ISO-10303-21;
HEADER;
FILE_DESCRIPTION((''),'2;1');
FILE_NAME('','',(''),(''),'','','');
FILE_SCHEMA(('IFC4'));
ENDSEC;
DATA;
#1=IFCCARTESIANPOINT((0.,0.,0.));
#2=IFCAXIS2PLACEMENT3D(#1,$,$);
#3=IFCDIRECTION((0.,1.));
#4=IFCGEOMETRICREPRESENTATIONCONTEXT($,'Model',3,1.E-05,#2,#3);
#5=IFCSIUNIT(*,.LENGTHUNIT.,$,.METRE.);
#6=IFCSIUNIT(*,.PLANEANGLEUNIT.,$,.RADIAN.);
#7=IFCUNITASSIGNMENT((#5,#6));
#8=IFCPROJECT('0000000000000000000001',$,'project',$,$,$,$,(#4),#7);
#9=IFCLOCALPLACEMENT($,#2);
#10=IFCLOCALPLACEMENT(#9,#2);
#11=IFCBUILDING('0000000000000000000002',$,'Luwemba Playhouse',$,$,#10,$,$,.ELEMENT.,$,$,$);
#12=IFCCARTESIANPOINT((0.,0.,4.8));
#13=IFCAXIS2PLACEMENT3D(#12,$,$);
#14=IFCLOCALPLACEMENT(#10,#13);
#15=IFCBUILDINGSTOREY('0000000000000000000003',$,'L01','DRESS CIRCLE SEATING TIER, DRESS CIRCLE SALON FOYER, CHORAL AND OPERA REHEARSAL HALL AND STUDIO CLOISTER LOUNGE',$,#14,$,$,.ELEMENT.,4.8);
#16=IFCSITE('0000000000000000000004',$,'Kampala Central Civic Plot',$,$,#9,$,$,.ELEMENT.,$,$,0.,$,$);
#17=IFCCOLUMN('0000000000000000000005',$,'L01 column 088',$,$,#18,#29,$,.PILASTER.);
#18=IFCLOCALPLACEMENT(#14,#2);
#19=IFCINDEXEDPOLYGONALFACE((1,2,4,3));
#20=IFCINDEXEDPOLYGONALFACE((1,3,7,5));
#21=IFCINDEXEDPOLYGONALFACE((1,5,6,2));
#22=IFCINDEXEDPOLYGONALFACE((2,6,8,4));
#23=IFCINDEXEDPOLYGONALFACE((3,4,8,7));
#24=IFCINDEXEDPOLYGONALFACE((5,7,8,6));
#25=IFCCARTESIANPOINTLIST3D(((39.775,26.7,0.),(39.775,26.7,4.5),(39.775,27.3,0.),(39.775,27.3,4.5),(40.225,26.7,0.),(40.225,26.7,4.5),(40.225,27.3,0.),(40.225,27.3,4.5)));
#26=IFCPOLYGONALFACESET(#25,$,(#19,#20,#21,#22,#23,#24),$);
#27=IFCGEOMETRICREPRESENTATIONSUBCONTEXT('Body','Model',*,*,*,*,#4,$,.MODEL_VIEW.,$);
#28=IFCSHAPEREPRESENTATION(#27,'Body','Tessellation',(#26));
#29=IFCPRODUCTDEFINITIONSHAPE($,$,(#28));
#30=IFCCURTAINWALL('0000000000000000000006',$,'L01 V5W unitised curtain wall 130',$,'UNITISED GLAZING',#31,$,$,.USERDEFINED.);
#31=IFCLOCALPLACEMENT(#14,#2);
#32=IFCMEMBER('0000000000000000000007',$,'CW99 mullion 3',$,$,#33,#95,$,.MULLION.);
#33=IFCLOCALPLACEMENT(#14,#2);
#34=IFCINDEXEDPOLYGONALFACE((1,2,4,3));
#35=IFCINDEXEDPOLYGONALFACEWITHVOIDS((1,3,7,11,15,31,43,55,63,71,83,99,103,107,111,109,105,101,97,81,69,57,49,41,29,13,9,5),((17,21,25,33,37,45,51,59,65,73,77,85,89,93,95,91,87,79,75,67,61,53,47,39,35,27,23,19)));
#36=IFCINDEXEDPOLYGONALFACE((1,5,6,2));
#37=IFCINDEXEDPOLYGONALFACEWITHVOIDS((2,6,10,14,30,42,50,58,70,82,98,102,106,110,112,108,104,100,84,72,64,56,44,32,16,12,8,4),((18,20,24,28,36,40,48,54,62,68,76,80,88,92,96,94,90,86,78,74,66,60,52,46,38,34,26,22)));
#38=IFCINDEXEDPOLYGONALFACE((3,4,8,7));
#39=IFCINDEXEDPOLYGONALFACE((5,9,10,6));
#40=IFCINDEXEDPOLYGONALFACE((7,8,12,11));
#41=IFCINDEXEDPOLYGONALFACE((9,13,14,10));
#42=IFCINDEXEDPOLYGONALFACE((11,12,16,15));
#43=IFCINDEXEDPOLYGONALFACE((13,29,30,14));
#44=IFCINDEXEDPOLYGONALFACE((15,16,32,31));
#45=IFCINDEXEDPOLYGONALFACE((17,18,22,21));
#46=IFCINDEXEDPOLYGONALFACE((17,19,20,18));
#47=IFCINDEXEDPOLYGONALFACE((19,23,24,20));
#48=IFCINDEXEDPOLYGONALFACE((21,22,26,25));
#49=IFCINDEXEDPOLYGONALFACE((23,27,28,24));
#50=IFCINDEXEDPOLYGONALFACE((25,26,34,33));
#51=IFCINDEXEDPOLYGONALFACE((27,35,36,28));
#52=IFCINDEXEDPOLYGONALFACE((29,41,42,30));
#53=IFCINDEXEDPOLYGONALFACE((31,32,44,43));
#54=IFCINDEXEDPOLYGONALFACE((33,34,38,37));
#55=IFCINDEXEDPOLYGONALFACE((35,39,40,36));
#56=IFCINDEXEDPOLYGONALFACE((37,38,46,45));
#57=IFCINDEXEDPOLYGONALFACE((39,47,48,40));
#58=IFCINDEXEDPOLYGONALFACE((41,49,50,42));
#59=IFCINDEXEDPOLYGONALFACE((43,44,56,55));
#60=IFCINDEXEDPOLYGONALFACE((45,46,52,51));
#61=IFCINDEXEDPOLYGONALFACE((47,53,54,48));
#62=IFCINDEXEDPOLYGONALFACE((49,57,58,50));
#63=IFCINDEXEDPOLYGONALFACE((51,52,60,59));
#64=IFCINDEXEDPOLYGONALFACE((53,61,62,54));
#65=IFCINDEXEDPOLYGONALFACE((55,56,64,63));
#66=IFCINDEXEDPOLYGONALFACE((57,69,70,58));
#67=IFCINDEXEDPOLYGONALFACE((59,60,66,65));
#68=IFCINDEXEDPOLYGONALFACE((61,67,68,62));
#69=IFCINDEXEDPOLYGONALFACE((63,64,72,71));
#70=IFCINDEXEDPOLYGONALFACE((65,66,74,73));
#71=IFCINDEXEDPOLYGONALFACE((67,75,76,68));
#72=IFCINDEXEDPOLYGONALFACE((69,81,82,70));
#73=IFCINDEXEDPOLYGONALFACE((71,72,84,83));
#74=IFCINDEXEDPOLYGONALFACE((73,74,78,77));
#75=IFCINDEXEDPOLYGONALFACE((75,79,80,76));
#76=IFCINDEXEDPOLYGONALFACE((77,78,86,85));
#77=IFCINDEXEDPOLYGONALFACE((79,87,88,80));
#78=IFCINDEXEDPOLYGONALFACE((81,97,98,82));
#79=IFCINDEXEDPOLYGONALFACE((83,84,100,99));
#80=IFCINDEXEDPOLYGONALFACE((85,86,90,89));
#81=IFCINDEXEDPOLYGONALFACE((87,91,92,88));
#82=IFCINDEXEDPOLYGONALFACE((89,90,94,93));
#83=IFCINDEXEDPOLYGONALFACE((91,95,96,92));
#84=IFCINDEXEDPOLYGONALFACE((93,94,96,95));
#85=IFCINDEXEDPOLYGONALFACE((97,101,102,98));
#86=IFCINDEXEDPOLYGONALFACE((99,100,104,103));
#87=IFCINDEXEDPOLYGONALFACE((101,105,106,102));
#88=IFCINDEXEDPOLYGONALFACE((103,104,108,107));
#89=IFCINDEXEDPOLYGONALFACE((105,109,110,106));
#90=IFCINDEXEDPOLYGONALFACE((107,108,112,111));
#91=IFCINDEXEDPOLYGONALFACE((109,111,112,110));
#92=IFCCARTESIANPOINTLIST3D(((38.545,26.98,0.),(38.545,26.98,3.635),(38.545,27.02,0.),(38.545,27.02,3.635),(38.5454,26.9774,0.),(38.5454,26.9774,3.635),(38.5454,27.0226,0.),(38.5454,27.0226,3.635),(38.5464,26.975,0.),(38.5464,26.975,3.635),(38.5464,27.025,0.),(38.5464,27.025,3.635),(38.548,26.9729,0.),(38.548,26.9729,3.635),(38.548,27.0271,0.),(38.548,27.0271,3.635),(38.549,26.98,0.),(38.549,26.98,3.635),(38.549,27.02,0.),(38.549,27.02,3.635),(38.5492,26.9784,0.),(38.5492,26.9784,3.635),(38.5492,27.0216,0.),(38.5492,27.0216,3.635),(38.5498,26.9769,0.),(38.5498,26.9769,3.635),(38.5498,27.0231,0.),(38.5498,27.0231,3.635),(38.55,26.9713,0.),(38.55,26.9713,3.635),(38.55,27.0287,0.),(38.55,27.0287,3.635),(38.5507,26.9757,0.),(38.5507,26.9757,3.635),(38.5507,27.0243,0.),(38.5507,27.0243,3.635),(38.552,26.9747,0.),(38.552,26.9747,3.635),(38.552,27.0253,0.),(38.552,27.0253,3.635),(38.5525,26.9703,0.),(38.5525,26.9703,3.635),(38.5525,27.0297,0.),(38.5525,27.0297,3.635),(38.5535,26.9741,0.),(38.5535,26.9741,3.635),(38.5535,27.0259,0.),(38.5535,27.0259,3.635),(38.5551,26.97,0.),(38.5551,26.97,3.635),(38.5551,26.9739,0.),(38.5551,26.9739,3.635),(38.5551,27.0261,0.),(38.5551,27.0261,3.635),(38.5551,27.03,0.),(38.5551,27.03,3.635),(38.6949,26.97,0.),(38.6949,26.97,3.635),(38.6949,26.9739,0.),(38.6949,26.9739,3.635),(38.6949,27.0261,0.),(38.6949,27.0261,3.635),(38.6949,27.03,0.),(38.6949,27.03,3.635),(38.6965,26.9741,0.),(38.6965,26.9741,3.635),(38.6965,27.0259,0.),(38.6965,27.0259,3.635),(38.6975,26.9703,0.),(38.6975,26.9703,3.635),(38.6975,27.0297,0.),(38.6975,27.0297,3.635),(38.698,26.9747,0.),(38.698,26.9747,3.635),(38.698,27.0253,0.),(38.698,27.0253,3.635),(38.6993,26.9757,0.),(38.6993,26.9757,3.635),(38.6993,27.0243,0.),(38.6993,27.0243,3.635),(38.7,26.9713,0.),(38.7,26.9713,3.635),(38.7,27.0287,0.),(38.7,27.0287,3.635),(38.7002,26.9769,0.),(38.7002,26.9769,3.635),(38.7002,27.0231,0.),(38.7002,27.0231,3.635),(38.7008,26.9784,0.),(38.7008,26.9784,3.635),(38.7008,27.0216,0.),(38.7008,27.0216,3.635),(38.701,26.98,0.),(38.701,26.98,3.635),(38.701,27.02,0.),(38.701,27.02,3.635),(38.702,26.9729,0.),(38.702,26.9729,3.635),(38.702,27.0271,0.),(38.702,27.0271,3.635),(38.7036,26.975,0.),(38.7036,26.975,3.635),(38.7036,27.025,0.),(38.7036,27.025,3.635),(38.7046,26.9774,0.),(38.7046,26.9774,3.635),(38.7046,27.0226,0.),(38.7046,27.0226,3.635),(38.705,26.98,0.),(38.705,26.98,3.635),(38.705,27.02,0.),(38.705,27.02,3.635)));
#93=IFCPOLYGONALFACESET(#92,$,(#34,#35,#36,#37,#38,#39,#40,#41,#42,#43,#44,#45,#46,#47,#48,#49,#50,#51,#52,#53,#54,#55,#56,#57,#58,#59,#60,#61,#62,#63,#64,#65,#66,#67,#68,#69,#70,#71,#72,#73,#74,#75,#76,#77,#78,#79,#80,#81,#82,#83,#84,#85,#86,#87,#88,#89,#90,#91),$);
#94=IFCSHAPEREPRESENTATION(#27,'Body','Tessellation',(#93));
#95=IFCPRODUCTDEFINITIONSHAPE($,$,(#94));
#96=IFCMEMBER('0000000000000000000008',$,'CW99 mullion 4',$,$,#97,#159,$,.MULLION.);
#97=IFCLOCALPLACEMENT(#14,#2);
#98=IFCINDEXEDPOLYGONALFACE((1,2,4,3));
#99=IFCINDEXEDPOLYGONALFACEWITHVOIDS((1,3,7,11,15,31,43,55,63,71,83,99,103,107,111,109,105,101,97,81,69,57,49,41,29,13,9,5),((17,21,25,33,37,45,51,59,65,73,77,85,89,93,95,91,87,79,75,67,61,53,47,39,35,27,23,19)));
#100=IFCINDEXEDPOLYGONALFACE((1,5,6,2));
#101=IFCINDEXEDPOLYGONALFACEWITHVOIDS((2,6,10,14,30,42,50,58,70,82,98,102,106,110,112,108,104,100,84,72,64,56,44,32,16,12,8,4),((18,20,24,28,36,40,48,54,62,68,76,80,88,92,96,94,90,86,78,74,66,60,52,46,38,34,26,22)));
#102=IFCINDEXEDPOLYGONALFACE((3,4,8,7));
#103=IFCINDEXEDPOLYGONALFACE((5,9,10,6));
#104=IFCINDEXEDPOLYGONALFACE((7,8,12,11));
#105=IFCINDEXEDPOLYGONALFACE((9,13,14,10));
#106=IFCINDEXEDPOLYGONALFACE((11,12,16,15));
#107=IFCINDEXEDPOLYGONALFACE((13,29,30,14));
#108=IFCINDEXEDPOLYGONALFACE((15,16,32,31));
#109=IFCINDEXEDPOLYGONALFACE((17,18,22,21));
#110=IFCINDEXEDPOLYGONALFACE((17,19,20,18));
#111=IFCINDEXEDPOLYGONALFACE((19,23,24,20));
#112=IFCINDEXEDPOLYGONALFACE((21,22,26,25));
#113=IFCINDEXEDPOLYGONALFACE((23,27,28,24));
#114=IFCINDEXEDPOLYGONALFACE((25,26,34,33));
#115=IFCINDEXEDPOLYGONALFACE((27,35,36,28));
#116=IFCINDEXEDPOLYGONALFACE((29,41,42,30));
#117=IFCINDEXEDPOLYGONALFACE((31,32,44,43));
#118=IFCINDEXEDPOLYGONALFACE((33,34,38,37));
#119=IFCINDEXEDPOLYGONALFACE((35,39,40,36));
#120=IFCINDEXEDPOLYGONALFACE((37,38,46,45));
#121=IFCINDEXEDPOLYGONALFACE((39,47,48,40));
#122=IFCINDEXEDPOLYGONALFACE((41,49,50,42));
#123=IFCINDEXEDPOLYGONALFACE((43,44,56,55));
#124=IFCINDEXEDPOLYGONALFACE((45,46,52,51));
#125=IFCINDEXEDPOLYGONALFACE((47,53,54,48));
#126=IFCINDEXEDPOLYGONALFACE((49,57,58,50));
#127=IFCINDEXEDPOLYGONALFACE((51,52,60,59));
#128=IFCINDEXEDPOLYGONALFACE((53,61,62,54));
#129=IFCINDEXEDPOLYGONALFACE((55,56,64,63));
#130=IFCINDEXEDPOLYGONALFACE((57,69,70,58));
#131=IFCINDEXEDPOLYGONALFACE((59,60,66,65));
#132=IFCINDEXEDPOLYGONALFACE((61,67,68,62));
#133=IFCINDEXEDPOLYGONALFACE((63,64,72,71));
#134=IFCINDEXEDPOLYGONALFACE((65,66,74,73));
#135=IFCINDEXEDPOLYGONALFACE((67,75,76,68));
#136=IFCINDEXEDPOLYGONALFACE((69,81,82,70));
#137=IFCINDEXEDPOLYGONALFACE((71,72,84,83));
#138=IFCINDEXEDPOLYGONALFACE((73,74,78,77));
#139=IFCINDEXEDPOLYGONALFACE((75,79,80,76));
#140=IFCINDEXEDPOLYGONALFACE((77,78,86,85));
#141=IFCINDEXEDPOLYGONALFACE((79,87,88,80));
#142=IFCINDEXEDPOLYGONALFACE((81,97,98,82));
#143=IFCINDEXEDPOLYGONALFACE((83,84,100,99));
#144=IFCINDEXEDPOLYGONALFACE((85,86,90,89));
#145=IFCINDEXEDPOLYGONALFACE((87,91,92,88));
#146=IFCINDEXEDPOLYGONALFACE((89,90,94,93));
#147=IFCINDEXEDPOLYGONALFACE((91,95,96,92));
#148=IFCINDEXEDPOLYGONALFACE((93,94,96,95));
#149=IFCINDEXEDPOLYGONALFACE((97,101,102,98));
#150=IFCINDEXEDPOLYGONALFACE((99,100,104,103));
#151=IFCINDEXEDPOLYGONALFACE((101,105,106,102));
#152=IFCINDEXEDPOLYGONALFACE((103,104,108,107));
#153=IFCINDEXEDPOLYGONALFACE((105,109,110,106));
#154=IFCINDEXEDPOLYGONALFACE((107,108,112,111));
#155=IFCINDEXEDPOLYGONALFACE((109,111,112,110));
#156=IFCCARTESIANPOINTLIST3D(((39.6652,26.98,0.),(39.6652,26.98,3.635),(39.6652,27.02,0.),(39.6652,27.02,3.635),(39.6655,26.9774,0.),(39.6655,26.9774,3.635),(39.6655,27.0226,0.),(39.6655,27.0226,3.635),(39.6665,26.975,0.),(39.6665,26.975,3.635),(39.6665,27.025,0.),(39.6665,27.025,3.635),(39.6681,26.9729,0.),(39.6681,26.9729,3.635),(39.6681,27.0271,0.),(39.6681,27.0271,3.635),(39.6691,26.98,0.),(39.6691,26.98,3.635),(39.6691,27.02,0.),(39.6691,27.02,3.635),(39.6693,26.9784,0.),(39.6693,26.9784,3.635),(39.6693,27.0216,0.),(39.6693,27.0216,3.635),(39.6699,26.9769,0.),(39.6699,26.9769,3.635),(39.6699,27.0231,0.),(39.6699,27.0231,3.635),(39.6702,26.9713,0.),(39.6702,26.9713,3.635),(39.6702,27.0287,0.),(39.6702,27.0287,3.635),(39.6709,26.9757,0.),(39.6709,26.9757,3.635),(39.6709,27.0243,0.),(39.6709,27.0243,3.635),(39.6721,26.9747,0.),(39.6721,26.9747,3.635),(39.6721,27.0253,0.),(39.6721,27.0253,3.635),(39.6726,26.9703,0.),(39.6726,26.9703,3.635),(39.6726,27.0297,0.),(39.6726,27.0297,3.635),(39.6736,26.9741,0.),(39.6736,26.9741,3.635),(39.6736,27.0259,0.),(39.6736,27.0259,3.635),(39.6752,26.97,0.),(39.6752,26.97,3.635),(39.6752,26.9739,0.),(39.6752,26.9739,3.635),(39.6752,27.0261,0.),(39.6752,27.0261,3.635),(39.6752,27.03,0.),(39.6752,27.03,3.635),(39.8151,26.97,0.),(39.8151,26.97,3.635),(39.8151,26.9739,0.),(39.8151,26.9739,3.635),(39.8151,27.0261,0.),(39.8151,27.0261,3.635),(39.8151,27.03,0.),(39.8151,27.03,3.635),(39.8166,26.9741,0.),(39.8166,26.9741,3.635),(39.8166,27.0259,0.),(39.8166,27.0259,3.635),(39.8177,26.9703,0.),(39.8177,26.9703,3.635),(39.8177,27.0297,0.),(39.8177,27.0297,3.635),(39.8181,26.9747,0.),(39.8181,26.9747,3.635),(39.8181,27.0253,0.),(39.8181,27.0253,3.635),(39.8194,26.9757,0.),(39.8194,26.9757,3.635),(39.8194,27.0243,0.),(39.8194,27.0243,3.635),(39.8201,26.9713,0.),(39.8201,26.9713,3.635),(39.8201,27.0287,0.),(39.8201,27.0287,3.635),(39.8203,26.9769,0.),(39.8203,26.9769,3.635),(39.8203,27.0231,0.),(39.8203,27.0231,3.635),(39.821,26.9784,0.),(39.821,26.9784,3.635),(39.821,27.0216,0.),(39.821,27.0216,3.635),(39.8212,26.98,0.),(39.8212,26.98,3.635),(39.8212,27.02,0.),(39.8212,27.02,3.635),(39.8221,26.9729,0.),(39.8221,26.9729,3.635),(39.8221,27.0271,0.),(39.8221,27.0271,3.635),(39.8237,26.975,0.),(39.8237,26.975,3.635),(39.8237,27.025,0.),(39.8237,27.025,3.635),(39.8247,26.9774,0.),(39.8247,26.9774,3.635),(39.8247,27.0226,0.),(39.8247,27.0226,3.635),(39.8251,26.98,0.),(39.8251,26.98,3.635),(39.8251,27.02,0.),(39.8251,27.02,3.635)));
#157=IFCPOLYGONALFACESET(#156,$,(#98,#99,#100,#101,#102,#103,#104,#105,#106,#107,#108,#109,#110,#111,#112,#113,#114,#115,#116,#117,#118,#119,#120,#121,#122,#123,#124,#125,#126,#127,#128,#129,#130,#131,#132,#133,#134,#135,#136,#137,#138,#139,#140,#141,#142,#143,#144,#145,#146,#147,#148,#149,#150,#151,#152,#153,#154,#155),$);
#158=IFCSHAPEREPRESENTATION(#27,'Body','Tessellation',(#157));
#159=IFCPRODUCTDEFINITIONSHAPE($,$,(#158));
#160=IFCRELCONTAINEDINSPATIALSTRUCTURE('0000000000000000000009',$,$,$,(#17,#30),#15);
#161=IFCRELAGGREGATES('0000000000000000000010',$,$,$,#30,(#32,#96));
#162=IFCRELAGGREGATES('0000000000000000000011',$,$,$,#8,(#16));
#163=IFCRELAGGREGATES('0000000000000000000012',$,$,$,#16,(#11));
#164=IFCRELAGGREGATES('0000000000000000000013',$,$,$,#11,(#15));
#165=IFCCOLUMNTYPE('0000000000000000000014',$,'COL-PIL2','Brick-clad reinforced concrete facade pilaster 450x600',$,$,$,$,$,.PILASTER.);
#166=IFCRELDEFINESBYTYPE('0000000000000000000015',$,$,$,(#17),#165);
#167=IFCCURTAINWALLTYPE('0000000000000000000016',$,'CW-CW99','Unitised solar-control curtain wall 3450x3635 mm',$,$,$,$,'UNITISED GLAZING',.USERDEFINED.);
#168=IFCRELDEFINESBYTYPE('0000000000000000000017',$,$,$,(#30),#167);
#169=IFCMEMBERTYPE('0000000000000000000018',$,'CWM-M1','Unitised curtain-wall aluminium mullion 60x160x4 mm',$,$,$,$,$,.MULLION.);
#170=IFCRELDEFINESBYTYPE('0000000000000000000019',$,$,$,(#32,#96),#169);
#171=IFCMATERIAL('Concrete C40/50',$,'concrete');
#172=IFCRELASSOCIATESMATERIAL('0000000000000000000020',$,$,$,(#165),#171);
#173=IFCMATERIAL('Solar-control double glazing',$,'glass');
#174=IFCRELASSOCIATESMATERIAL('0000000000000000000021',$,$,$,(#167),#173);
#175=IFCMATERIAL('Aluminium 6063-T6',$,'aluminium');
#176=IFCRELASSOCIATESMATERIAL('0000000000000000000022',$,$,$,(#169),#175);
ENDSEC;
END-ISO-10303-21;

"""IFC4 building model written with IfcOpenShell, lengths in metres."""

from ifc_helpers import new_model, si_unit, direction, frame, origin, origin_2d, place, context, subcontext, project, spatial, rectangle, hollow_rectangle, extrude, material, material_profile, profile_set, type_object, element, aggregate, save


model = new_model("IFC4")

# Units and contexts
model_context = context("Model", 3, precision=1e-05, world=origin(), true_north=direction((0.0, 1.0)))
body_context = subcontext(model_context, "Body", "Model", "MODEL_VIEW")
ifc_project = project(units=[si_unit("LENGTHUNIT", "METRE"), si_unit("PLANEANGLEUNIT", "RADIAN")], contexts=[model_context])

# Site, building, storey
site_placement = place(None, origin())
site = spatial("IfcSite", under=ifc_project, at=site_placement, Name="Kampala Central Civic Plot", CompositionType="ELEMENT", RefElevation=0.0)
building_placement = place(site_placement, origin())
building = spatial("IfcBuilding", under=site, at=building_placement, Name="Luwemba Playhouse", CompositionType="ELEMENT")
storey_placement = place(building_placement, frame((0.0, 0.0, 4.8)))
storey = spatial("IfcBuildingStorey", under=building, at=storey_placement, Name="L01", Description="DRESS CIRCLE SEATING TIER, DRESS CIRCLE SALON FOYER, CHORAL AND OPERA REHEARSAL HALL AND STUDIO CLOISTER LOUNGE", CompositionType="ELEMENT", Elevation=4.8)

# Column
ifc_material_1 = material(Name="Concrete C40/50", Category="concrete")
ifc_material_profile_1 = material_profile(ifc_material_1, rectangle(XDim=0.45, YDim=0.6001, at=origin_2d()))
ifc_profile_set_1 = profile_set([ifc_material_profile_1], Name="Concrete C40/50")
column_type = type_object("IfcColumnType", Name="COL-PIL2", Description="Brick-clad reinforced concrete facade pilaster 450x600", PredefinedType="PILASTER", material=ifc_profile_set_1)
column_placement = place(storey_placement, frame((40.0, 27.0, 0.0), z_axis=(0.0, 0.0, 1.0), x_axis=(1.0, 0.0, 0.0)))
element("IfcColumn", 1, at=column_placement, inside=storey, type_object=column_type, Name="L01 column 088", PredefinedType="PILASTER", context=body_context, shape_type="SweptSolid", body=[
    extrude(rectangle(XDim=0.45, YDim=0.6001, at=origin_2d()), origin(), (0.0, 0.0, 1.0), 4.5),
])

# Curtain wall, members
ifc_material_2 = material(Name="Solar-control double glazing", Category="glass")
curtain_wall_type_1 = type_object("IfcCurtainWallType", Name="CW-CW99", Description="Unitised solar-control curtain wall 3450x3635 mm", ElementType="UNITISED GLAZING", PredefinedType="USERDEFINED", material=ifc_material_2)
curtain_wall_1_placement = place(storey_placement, origin())
curtain_wall_1 = element("IfcCurtainWall", 2, at=curtain_wall_1_placement, inside=storey, type_object=curtain_wall_type_1, Name="L01 V5W unitised curtain wall 130", ObjectType="UNITISED GLAZING", PredefinedType="USERDEFINED")
ifc_material_3 = material(Name="Aluminium 6063-T6", Category="aluminium")
ifc_material_profile_2 = material_profile(ifc_material_3, hollow_rectangle(XDim=0.0601, YDim=0.1599, WallThickness=0.0039, InnerFilletRadius=0.0061, OuterFilletRadius=0.01, at=origin_2d()))
ifc_profile_set_2 = profile_set([ifc_material_profile_2], Name="Aluminium 6063-T6")
member_type_1 = type_object("IfcMemberType", Name="CWM-M1", Description="Unitised curtain-wall aluminium mullion 60x160x4 mm", PredefinedType="MULLION", material=ifc_profile_set_2)
member_1_placement = place(storey_placement, frame((38.625, 27.0, 0.0), z_axis=(0.0, 0.0, 1.0), x_axis=(0.0, 1.0, 0.0)))
member_1 = element("IfcMember", 3, at=member_1_placement, type_object=member_type_1, Name="CW99 mullion 3", PredefinedType="MULLION", context=body_context, shape_type="SweptSolid", body=[
    extrude(hollow_rectangle(XDim=0.0601, YDim=0.1599, WallThickness=0.0039, InnerFilletRadius=0.0061, OuterFilletRadius=0.01, at=origin_2d()), origin(), (0.0, 0.0, 1.0), 3.635),
])
member_2_placement = place(storey_placement, frame((39.7451, 27.0, 0.0), z_axis=(0.0, 0.0, 1.0), x_axis=(0.0, 1.0, 0.0)))
member_2 = element("IfcMember", 4, at=member_2_placement, type_object=member_type_1, Name="CW99 mullion 4", PredefinedType="MULLION", context=body_context, shape_type="SweptSolid", body=[
    extrude(hollow_rectangle(XDim=0.0601, YDim=0.1599, WallThickness=0.0039, InnerFilletRadius=0.0061, OuterFilletRadius=0.01, at=origin_2d()), origin(), (0.0, 0.0, 1.0), 3.635),
])

aggregate(curtain_wall_1, [member_1, member_2])

save(model, "model.ifc")
